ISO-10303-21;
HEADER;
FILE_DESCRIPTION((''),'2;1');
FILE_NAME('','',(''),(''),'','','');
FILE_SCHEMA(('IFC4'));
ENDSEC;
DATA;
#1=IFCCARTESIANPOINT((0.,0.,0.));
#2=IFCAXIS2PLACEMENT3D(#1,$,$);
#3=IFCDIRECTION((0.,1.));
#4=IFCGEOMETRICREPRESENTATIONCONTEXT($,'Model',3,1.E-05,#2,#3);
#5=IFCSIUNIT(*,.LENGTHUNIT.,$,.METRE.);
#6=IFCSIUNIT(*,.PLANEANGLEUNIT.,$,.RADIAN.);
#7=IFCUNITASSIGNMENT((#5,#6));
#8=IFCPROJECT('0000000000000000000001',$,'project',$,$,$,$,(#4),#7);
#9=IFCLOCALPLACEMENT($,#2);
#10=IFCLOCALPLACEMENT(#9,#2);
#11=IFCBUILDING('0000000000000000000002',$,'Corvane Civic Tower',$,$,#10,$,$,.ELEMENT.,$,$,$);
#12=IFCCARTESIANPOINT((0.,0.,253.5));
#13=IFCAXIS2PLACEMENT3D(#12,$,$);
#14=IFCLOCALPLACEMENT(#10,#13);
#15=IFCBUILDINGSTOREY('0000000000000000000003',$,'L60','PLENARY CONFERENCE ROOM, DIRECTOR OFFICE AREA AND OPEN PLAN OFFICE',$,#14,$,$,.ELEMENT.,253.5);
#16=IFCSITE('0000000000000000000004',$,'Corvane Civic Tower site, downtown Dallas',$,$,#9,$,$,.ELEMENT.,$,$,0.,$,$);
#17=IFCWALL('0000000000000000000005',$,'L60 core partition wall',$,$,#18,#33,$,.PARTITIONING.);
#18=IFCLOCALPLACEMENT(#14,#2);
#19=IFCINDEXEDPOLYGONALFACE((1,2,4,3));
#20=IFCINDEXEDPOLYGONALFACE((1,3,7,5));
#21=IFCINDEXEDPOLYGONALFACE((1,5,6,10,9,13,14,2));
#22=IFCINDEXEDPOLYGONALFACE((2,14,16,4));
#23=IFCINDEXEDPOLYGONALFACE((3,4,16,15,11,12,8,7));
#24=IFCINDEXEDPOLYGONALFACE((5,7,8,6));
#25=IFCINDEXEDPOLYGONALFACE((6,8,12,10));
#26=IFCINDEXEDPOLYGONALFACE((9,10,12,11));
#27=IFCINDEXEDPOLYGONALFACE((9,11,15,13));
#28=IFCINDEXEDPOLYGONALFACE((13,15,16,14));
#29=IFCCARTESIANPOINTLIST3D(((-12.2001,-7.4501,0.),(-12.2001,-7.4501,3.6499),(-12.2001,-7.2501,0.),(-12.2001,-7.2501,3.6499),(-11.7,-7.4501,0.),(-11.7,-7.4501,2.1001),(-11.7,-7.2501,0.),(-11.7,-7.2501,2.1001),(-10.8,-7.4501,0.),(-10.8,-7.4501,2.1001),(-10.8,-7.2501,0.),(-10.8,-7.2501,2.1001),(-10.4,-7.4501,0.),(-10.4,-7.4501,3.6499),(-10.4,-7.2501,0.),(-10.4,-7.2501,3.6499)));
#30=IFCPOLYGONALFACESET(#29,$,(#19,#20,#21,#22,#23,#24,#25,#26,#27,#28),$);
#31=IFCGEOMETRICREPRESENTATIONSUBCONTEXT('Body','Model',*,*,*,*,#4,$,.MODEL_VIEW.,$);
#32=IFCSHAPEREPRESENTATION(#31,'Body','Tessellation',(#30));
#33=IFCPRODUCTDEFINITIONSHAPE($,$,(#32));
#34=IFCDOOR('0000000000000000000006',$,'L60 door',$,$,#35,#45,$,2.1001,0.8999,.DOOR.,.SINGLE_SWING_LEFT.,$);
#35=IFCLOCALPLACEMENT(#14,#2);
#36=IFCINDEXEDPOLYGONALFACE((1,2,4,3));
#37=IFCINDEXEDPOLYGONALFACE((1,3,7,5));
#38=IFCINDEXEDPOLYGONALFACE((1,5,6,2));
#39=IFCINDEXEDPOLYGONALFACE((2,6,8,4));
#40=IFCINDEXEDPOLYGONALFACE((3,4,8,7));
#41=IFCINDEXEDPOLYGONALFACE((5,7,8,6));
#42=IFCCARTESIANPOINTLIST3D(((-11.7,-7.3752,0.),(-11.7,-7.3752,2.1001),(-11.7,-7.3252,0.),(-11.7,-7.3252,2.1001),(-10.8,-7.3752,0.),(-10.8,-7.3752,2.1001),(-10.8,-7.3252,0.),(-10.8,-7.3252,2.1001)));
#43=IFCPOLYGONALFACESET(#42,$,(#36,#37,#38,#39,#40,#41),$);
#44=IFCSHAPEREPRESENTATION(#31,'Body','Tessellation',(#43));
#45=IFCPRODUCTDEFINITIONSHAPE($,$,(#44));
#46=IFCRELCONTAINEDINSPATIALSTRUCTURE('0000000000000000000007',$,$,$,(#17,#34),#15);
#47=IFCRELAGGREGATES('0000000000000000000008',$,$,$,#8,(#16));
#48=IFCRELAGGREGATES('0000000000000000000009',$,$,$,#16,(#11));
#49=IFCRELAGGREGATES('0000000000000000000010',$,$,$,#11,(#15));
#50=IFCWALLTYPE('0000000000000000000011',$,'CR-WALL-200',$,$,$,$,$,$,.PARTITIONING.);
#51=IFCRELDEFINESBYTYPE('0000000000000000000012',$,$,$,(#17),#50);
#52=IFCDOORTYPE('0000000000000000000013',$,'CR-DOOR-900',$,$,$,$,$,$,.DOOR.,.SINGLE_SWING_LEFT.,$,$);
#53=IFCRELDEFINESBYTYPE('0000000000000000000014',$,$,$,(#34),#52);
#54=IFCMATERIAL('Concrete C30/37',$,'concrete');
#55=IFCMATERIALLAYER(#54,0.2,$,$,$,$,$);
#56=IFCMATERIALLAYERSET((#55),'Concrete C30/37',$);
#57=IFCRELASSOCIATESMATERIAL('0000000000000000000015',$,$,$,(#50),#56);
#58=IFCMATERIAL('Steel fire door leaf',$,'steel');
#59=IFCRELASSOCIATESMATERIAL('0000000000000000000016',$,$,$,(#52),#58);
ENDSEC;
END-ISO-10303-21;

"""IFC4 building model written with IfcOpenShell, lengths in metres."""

from ifc_helpers import new_model, si_unit, direction, frame, frame_2d, origin, place, context, subcontext, project, spatial, rectangle, extrude, material, layer, layer_set, type_object, element, fill, save


model = new_model("IFC4")

# Units and contexts
model_context = context("Model", 3, precision=1e-05, world=origin(), true_north=direction((0.0, 1.0)))
body_context = subcontext(model_context, "Body", "Model", "MODEL_VIEW")
ifc_project = project(units=[si_unit("LENGTHUNIT", "METRE"), si_unit("PLANEANGLEUNIT", "RADIAN")], contexts=[model_context])

# Site, building, storey
site_placement = place(None, origin())
site = spatial("IfcSite", under=ifc_project, at=site_placement, Name="Corvane Civic Tower site, downtown Dallas", CompositionType="ELEMENT", RefElevation=0.0)
building_placement = place(site_placement, origin())
building = spatial("IfcBuilding", under=site, at=building_placement, Name="Corvane Civic Tower", CompositionType="ELEMENT")
storey_placement = place(building_placement, frame((0.0, 0.0, 253.5)))
storey = spatial("IfcBuildingStorey", under=building, at=storey_placement, Name="L60", Description="PLENARY CONFERENCE ROOM, DIRECTOR OFFICE AREA AND OPEN PLAN OFFICE", CompositionType="ELEMENT", Elevation=253.5)

# Wall, opening, door
ifc_material_1 = material(Name="Concrete C30/37", Category="concrete")
ifc_layer_1 = layer(ifc_material_1, 0.2)
ifc_layer_set_1 = layer_set([ifc_layer_1], Name="Concrete C30/37")
wall_type_1 = type_object("IfcWallType", Name="CR-WALL-200", PredefinedType="PARTITIONING", material=ifc_layer_set_1)
wall_1_placement = place(storey_placement, frame((-12.2, -7.3501, 0.0), z_axis=(0.0, 0.0, 1.0), x_axis=(1.0, 0.0, 0.0)))
wall_1 = element("IfcWall", 1, at=wall_1_placement, inside=storey, type_object=wall_type_1, Name="L60 core partition wall", PredefinedType="PARTITIONING", context=body_context, shape_type="SweptSolid", body=[
    extrude(rectangle(XDim=1.8, YDim=0.2, at=frame_2d((0.8999, 0.0))), origin(), (0.0, 0.0, 1.0), 3.6499),
])
opening_1_placement = place(wall_1_placement, frame((0.5, 0.0, 0.0)))
opening_1 = element("IfcOpeningElement", 2, at=opening_1_placement, cuts=wall_1, PredefinedType="OPENING", context=body_context, shape_type="SweptSolid", body=[
    extrude(rectangle(XDim=0.8999, YDim=2.1001, at=frame_2d((0.45, 1.05))), frame((0.0, 0.1099, 0.0), z_axis=(0.0, -1.0, 0.0), x_axis=(1.0, 0.0, 0.0)), (0.0, 0.0, 1.0), 0.22),
])
ifc_material_2 = material(Name="Steel fire door leaf", Category="steel")
door_type_1 = type_object("IfcDoorType", Name="CR-DOOR-900", OperationType="SINGLE_SWING_LEFT", PredefinedType="DOOR", material=ifc_material_2)
door_1_placement = place(opening_1_placement, origin())
door_1 = element("IfcDoor", 3, at=door_1_placement, inside=storey, type_object=door_type_1, Name="L60 door", OperationType="SINGLE_SWING_LEFT", OverallHeight=2.1001, OverallWidth=0.8999, PredefinedType="DOOR", context=body_context, shape_type="SweptSolid", body=[
    extrude(rectangle(XDim=0.8999, YDim=2.1001, at=frame_2d((0.45, 1.05))), frame((0.0, 0.0249, 0.0), z_axis=(0.0, -1.0, 0.0), x_axis=(1.0, 0.0, 0.0)), (0.0, 0.0, 1.0), 0.05),
])
fill(opening_1, door_1)

save(model, "model.ifc")
